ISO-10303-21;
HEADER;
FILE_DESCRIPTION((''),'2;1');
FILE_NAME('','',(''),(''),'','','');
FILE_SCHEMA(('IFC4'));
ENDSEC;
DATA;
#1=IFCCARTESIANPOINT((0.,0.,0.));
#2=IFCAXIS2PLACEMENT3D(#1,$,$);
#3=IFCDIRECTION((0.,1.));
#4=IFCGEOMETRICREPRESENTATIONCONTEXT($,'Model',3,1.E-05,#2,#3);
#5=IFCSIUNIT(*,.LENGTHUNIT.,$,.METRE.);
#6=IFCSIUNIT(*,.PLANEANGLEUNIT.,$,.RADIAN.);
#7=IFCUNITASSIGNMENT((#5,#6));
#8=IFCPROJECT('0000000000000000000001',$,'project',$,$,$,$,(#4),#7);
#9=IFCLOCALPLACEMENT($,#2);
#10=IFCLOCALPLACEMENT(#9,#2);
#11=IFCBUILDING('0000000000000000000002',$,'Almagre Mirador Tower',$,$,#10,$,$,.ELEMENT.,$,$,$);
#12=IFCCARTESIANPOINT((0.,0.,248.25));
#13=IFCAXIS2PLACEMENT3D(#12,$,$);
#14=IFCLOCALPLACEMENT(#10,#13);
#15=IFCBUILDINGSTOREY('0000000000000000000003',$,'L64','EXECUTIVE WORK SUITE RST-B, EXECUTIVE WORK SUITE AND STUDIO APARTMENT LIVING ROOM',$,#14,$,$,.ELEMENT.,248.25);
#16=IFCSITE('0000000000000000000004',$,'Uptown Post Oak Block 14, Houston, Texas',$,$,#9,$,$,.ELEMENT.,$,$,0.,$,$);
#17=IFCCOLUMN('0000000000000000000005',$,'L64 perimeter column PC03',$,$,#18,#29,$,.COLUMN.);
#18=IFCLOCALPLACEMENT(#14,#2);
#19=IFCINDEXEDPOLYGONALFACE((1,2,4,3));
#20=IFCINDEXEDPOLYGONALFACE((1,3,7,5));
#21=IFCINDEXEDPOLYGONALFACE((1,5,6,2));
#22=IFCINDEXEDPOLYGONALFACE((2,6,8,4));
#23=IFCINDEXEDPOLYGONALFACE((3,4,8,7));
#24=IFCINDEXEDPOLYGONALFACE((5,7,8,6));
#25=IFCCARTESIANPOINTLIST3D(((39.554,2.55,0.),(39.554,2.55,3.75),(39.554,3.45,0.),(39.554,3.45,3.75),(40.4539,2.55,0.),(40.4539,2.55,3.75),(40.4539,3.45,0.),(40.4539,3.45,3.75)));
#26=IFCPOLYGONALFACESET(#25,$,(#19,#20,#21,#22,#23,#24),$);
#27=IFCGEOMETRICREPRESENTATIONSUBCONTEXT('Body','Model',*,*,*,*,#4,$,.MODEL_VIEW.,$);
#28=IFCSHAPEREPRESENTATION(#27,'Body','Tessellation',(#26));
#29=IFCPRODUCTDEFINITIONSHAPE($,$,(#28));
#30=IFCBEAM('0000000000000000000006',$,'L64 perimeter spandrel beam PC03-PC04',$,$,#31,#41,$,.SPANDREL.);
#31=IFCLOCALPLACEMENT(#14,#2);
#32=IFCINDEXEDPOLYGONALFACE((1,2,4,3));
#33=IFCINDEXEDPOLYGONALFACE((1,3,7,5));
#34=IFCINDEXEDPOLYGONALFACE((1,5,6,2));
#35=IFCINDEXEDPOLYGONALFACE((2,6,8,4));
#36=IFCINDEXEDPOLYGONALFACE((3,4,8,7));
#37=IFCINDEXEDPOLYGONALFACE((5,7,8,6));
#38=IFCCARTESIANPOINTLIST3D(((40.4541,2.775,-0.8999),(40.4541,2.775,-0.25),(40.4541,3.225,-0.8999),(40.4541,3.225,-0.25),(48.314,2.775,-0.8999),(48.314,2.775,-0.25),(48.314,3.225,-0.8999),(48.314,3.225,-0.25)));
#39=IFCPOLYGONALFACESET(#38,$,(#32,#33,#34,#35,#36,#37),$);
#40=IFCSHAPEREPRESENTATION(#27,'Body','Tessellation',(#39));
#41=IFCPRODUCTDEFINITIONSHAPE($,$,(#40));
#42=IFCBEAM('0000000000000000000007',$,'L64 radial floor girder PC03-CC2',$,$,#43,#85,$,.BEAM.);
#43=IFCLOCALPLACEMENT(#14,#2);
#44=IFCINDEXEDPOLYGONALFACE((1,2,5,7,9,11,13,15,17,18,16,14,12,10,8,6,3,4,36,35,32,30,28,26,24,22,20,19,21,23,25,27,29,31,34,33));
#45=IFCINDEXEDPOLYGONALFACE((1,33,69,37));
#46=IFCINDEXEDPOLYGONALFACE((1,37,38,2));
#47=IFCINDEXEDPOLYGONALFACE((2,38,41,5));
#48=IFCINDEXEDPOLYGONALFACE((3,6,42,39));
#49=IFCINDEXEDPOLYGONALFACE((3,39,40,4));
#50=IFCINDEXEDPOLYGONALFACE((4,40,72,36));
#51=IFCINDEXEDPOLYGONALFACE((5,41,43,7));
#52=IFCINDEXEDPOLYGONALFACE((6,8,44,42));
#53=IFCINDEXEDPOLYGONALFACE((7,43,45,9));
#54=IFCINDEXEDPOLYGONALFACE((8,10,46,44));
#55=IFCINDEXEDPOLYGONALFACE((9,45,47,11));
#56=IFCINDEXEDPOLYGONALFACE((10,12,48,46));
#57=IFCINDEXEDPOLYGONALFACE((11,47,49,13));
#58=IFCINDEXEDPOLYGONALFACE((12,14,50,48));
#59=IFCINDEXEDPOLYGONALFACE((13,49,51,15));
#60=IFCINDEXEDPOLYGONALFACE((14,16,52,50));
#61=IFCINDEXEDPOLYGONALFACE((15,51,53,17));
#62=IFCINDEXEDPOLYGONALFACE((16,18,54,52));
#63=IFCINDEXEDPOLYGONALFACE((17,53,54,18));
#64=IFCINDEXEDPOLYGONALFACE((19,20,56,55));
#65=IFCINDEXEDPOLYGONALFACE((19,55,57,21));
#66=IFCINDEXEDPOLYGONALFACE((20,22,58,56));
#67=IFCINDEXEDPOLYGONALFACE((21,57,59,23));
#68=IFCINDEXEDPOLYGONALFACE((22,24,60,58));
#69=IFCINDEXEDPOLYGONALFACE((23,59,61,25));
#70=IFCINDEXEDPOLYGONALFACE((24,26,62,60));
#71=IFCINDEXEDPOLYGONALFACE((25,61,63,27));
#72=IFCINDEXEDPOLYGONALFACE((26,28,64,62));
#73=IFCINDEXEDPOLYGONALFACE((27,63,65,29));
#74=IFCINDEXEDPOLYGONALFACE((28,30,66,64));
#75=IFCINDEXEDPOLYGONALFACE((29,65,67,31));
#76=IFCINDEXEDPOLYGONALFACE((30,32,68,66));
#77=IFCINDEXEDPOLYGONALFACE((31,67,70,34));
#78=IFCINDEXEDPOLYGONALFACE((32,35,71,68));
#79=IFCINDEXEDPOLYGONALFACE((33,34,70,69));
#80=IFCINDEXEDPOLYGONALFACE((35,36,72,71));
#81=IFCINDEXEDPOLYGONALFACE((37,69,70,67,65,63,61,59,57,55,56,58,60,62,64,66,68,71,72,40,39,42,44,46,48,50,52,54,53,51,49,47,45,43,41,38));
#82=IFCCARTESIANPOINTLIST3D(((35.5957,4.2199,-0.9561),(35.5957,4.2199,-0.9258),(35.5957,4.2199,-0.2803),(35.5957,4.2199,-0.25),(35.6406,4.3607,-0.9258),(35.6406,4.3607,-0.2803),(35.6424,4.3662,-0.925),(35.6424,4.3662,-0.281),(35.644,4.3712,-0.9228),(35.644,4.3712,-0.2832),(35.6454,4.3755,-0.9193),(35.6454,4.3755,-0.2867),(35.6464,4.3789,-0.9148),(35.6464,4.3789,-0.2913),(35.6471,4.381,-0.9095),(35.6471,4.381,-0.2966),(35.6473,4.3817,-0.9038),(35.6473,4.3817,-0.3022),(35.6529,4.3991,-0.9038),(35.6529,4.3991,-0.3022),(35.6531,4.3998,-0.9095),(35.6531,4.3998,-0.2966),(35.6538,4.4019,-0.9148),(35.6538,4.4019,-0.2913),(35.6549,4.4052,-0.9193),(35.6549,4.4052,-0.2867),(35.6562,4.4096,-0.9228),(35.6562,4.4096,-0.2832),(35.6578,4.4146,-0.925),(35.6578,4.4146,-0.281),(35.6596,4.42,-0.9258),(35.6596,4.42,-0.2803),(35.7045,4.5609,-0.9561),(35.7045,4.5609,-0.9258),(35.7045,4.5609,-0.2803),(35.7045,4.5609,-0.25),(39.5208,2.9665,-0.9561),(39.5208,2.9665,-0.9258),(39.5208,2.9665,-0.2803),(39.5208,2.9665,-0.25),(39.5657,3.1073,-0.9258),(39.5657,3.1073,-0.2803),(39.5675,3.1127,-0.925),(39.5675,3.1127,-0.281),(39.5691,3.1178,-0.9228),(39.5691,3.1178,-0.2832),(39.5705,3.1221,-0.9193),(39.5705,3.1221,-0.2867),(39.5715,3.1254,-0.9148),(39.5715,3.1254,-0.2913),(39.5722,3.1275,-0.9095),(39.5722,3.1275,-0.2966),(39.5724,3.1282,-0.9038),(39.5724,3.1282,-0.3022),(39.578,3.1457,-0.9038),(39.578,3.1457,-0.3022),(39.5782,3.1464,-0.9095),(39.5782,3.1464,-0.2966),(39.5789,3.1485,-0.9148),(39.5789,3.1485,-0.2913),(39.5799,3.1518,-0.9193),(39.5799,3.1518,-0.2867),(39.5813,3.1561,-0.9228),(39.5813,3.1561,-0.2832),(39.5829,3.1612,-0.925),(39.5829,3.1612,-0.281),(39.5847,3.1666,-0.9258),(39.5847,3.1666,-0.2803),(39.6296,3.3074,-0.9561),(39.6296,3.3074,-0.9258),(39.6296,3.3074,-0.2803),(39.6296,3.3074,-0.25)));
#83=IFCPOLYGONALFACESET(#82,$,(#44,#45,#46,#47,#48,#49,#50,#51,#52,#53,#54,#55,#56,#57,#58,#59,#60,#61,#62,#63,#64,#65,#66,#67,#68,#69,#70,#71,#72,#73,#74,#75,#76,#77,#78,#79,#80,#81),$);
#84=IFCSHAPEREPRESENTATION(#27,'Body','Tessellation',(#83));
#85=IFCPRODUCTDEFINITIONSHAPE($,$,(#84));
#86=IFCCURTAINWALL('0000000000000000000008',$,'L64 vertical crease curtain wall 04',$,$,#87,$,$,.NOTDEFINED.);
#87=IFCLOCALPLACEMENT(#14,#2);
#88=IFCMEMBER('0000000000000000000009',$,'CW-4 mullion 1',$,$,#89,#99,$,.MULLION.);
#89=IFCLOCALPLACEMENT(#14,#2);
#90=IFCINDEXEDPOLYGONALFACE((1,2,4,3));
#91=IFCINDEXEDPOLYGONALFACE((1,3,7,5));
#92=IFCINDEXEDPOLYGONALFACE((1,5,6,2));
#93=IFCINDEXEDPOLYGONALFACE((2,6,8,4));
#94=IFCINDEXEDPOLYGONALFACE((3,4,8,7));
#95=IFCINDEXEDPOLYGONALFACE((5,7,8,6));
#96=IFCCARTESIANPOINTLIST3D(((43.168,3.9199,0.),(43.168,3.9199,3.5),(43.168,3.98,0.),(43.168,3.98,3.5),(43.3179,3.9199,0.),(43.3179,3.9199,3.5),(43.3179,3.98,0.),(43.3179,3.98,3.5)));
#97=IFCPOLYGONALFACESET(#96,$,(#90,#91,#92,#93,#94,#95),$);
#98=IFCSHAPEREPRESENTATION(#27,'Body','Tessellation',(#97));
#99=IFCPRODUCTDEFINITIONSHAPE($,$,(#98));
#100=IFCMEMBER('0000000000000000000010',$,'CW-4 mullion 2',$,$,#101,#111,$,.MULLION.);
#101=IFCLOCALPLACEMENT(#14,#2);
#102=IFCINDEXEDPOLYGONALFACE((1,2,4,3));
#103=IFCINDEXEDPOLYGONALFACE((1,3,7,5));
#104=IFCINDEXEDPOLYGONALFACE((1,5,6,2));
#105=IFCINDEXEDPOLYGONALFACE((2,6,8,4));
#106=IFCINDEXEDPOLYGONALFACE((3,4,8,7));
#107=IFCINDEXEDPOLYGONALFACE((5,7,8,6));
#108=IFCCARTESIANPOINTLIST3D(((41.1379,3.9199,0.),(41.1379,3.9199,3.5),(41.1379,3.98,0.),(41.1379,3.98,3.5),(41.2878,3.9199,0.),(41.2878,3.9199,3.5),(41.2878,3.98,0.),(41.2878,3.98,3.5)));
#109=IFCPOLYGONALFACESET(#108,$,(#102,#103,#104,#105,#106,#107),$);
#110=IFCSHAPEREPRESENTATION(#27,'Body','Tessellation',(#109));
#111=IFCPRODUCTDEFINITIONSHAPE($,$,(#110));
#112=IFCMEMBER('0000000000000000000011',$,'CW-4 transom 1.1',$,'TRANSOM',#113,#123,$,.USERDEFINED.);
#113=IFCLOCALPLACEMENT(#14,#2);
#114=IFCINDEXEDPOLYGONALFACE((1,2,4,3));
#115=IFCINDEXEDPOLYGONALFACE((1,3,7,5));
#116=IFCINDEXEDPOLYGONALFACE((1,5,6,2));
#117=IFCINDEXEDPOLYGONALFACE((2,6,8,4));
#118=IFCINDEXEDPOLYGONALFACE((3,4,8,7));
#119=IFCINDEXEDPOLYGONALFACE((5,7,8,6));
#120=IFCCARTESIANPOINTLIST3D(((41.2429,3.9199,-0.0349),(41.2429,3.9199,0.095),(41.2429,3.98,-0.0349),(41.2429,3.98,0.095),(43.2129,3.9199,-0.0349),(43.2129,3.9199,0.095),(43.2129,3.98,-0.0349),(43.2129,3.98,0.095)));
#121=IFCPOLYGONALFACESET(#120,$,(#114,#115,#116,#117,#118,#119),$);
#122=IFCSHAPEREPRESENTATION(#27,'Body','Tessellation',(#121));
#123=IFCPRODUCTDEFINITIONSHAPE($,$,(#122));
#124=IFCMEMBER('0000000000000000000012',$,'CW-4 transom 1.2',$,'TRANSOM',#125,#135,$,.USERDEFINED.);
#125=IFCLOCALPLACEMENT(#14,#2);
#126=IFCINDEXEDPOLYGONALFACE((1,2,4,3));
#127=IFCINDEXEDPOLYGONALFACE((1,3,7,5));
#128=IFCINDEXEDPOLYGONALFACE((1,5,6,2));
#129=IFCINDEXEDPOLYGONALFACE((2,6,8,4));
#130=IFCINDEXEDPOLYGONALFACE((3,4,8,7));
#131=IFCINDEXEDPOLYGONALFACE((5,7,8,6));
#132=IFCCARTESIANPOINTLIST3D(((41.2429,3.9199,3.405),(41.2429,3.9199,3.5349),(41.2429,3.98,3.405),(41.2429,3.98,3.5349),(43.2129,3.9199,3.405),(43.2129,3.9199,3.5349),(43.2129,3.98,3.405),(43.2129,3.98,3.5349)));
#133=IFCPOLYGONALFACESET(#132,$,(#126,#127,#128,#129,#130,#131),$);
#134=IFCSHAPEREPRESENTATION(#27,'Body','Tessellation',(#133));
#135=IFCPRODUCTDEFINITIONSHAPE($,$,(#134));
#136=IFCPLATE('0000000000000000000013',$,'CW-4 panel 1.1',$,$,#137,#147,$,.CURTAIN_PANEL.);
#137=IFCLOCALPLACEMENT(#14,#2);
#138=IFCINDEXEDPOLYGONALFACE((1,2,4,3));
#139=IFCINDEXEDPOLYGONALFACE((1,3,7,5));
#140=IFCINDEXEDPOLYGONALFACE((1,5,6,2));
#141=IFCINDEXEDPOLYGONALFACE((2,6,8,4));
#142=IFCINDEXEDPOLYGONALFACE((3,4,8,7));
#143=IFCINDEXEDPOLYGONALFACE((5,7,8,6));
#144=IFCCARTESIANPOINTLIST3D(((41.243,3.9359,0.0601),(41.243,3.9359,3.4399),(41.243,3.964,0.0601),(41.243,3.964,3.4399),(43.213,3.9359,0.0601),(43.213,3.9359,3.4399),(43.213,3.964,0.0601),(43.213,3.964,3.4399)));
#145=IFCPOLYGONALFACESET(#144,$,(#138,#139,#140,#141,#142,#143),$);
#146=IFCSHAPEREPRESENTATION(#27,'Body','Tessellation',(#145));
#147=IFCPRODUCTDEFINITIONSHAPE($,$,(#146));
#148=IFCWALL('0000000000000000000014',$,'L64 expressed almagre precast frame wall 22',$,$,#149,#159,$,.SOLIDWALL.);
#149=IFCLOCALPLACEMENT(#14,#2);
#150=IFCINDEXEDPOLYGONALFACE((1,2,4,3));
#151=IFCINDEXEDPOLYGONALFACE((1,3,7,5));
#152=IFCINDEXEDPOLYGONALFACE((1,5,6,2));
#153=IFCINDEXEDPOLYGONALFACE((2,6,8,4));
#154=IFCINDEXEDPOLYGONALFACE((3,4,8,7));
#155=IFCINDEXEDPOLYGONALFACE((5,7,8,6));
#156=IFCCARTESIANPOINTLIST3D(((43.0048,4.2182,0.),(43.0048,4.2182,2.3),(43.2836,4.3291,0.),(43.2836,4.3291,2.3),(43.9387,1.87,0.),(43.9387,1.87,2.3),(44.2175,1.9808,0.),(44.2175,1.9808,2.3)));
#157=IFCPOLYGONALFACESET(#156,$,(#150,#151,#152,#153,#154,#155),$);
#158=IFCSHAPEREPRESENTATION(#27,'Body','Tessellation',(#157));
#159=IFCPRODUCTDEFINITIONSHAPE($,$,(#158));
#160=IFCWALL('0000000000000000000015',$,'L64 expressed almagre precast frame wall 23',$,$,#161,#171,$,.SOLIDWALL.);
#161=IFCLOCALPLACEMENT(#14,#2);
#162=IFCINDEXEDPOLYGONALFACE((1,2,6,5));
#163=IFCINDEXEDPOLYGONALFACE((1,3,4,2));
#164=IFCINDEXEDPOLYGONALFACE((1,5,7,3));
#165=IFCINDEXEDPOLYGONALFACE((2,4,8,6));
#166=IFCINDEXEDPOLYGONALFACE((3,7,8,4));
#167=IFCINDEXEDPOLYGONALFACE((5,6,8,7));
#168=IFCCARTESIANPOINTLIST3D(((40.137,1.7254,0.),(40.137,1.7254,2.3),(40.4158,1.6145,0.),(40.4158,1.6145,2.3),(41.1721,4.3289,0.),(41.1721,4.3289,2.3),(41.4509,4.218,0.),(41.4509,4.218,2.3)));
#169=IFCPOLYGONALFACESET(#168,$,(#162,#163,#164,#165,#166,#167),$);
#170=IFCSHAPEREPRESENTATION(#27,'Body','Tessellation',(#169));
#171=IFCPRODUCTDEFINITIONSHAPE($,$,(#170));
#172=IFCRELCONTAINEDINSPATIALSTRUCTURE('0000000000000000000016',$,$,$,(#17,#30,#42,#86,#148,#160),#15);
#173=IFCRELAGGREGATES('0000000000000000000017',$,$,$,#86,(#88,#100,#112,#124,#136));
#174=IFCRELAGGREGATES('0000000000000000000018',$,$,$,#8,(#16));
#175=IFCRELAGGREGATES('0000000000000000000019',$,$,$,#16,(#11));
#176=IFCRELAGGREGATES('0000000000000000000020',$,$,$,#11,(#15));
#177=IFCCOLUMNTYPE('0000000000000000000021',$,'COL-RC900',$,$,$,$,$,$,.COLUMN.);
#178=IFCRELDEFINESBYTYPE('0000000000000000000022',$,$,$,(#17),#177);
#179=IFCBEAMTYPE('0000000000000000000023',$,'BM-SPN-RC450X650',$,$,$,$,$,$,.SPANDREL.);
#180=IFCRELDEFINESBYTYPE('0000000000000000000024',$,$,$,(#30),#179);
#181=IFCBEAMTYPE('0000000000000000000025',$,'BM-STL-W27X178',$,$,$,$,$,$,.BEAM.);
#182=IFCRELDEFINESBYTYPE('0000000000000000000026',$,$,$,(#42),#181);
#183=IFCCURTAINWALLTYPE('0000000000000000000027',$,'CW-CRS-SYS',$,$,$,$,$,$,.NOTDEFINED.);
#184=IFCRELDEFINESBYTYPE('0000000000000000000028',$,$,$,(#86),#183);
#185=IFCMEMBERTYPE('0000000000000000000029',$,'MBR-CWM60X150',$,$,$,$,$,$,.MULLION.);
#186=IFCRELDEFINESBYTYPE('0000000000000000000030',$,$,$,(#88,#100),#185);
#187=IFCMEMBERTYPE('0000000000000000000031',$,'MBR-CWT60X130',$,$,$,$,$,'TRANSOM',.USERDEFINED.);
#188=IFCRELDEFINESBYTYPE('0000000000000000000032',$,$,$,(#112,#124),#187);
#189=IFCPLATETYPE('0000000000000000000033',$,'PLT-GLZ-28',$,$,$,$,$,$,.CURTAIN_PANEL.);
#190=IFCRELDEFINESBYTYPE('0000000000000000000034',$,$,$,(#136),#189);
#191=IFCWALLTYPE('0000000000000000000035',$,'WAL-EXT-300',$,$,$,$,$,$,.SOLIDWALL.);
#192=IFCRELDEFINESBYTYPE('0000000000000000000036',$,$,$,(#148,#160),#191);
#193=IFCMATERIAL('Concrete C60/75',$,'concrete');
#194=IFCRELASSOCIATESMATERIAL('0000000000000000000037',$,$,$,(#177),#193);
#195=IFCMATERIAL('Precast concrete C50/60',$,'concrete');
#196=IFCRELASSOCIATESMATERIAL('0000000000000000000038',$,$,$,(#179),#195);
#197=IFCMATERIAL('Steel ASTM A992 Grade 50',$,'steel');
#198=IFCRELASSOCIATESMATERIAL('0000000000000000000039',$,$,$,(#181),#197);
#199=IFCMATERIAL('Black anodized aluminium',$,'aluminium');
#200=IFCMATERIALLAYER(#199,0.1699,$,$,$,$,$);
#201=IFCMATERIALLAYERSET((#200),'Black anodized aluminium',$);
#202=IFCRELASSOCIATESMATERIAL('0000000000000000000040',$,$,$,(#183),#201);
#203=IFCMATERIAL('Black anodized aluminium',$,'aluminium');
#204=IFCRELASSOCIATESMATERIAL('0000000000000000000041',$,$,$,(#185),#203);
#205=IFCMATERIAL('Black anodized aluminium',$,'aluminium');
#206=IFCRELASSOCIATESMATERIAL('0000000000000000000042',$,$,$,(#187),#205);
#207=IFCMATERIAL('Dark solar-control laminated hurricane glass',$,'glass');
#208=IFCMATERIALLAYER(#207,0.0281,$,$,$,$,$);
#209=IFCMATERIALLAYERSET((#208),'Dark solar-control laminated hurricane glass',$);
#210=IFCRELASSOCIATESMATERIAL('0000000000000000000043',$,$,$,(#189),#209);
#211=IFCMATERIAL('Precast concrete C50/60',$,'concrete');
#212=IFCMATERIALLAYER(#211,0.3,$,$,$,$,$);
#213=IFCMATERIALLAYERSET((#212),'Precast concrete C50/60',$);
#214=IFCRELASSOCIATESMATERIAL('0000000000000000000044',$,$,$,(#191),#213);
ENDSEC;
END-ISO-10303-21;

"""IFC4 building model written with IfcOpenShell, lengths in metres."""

from ifc_helpers import new_model, si_unit, direction, frame, frame_2d, origin, origin_2d, place, context, subcontext, project, spatial, rectangle, i_section, extrude, material, layer, layer_set, material_profile, profile_set, type_object, element, aggregate, save


model = new_model("IFC4")

# Units and contexts
model_context = context("Model", 3, precision=1e-05, world=origin(), true_north=direction((0.0, 1.0)))
body_context = subcontext(model_context, "Body", "Model", "MODEL_VIEW")
ifc_project = project(units=[si_unit("LENGTHUNIT", "METRE"), si_unit("PLANEANGLEUNIT", "RADIAN")], contexts=[model_context])

# Site, building, storey
site_placement = place(None, origin())
site = spatial("IfcSite", under=ifc_project, at=site_placement, Name="Uptown Post Oak Block 14, Houston, Texas", CompositionType="ELEMENT", RefElevation=0.0)
building_placement = place(site_placement, origin())
building = spatial("IfcBuilding", under=site, at=building_placement, Name="Almagre Mirador Tower", CompositionType="ELEMENT")
storey_placement = place(building_placement, frame((0.0, 0.0, 248.25)))
storey = spatial("IfcBuildingStorey", under=building, at=storey_placement, Name="L64", Description="EXECUTIVE WORK SUITE RST-B, EXECUTIVE WORK SUITE AND STUDIO APARTMENT LIVING ROOM", CompositionType="ELEMENT", Elevation=248.25)

# Column
ifc_material_1 = material(Name="Concrete C60/75", Category="concrete")
ifc_material_profile_1 = material_profile(ifc_material_1, rectangle(XDim=0.8999, YDim=0.8999, at=origin_2d()), Name="RC900X900")
ifc_profile_set_1 = profile_set([ifc_material_profile_1], Name="Concrete C60/75")
column_type = type_object("IfcColumnType", Name="COL-RC900", PredefinedType="COLUMN", material=ifc_profile_set_1)
column_placement = place(storey_placement, frame((40.0039, 3.0, 0.0), z_axis=(0.0, 0.0, 1.0), x_axis=(1.0, 0.0, 0.0)))
element("IfcColumn", 1, at=column_placement, inside=storey, type_object=column_type, Name="L64 perimeter column PC03", PredefinedType="COLUMN", context=body_context, shape_type="SweptSolid", body=[
    extrude(rectangle(XDim=0.8999, YDim=0.8999, at=origin_2d()), origin(), (0.0, 0.0, 1.0), 3.75),
])

# Beams
ifc_material_2 = material(Name="Precast concrete C50/60", Category="concrete")
ifc_material_profile_2 = material_profile(ifc_material_2, rectangle(XDim=0.45, YDim=0.6499, at=origin_2d()), Name="RC450X650")
ifc_profile_set_2 = profile_set([ifc_material_profile_2], Name="Precast concrete C50/60")
beam_type_1 = type_object("IfcBeamType", Name="BM-SPN-RC450X650", PredefinedType="SPANDREL", material=ifc_profile_set_2)
beam_1_placement = place(storey_placement, frame((40.4541, 3.0, -0.575), z_axis=(1.0, 0.0, 0.0), x_axis=(0.0, 1.0, 0.0)))
element("IfcBeam", 2, at=beam_1_placement, inside=storey, type_object=beam_type_1, Name="L64 perimeter spandrel beam PC03-PC04", PredefinedType="SPANDREL", context=body_context, shape_type="SweptSolid", body=[
    extrude(rectangle(XDim=0.45, YDim=0.6499, at=origin_2d()), origin(), (0.0, 0.0, 1.0), 7.8599),
])
ifc_material_3 = material(Name="Steel ASTM A992 Grade 50", Category="steel")
ifc_material_profile_3 = material_profile(ifc_material_3, i_section(OverallWidth=0.3579, OverallDepth=0.7061, WebThickness=0.0183, FlangeThickness=0.0303, FilletRadius=0.022, at=origin_2d()), Name="W27X178")
ifc_profile_set_3 = profile_set([ifc_material_profile_3], Name="Steel ASTM A992 Grade 50")
beam_type_2 = type_object("IfcBeamType", Name="BM-STL-W27X178", PredefinedType="BEAM", material=ifc_profile_set_3)
beam_2_placement = place(storey_placement, frame((39.5752, 3.137, -0.603), z_axis=(-0.952607, 0.304204, 0.0), x_axis=(-0.304204, -0.952607, 0.0)))
element("IfcBeam", 3, at=beam_2_placement, inside=storey, type_object=beam_type_2, Name="L64 radial floor girder PC03-CC2", PredefinedType="BEAM", context=body_context, shape_type="SweptSolid", body=[
    extrude(i_section(OverallWidth=0.3579, OverallDepth=0.7061, WebThickness=0.0183, FlangeThickness=0.0303, FilletRadius=0.022, at=origin_2d()), origin(), (0.0, 0.0, 1.0), 4.1204),
])

# Curtain wall, members, plate
ifc_material_4 = material(Name="Black anodized aluminium", Category="aluminium")
ifc_layer_1 = layer(ifc_material_4, 0.1699)
ifc_layer_set_1 = layer_set([ifc_layer_1], Name="Black anodized aluminium")
curtain_wall_type = type_object("IfcCurtainWallType", Name="CW-CRS-SYS", PredefinedType="NOTDEFINED", material=ifc_layer_set_1)
curtain_wall_placement = place(storey_placement, origin())
curtain_wall = element("IfcCurtainWall", 4, at=curtain_wall_placement, inside=storey, type_object=curtain_wall_type, Name="L64 vertical crease curtain wall 04", PredefinedType="NOTDEFINED")
ifc_material_5 = material(Name="Black anodized aluminium", Category="aluminium")
ifc_material_profile_4 = material_profile(ifc_material_5, rectangle(XDim=0.0601, YDim=0.1499, at=origin_2d()), Name="CWM60X150")
ifc_profile_set_4 = profile_set([ifc_material_profile_4], Name="Black anodized aluminium")
member_type_1 = type_object("IfcMemberType", Name="MBR-CWM60X150", PredefinedType="MULLION", material=ifc_profile_set_4)
member_1_placement = place(storey_placement, frame((43.2429, 3.95, 0.0), z_axis=(0.0, 0.0, 1.0), x_axis=(0.0, -1.0, 0.0)))
member_1 = element("IfcMember", 5, at=member_1_placement, type_object=member_type_1, Name="CW-4 mullion 1", PredefinedType="MULLION", context=body_context, shape_type="SweptSolid", body=[
    extrude(rectangle(XDim=0.0601, YDim=0.1499, at=origin_2d()), origin(), (0.0, 0.0, 1.0), 3.5),
])
member_2_placement = place(storey_placement, frame((41.2129, 3.95, 0.0), z_axis=(0.0, 0.0, 1.0), x_axis=(0.0, -1.0, 0.0)))
member_2 = element("IfcMember", 6, at=member_2_placement, type_object=member_type_1, Name="CW-4 mullion 2", PredefinedType="MULLION", context=body_context, shape_type="SweptSolid", body=[
    extrude(rectangle(XDim=0.0601, YDim=0.1499, at=origin_2d()), origin(), (0.0, 0.0, 1.0), 3.5),
])
ifc_material_6 = material(Name="Black anodized aluminium", Category="aluminium")
ifc_material_profile_5 = material_profile(ifc_material_6, rectangle(XDim=0.0601, YDim=0.1299, at=origin_2d()), Name="CWT60X130")
ifc_profile_set_5 = profile_set([ifc_material_profile_5], Name="Black anodized aluminium")
member_type_2 = type_object("IfcMemberType", Name="MBR-CWT60X130", ElementType="TRANSOM", PredefinedType="USERDEFINED", material=ifc_profile_set_5)
member_3_placement = place(storey_placement, frame((43.2129, 3.95, 0.03), z_axis=(-1.0, 0.0, 0.0), x_axis=(0.0, -1.0, 0.0)))
member_3 = element("IfcMember", 7, at=member_3_placement, type_object=member_type_2, Name="CW-4 transom 1.1", ObjectType="TRANSOM", PredefinedType="USERDEFINED", context=body_context, shape_type="SweptSolid", body=[
    extrude(rectangle(XDim=0.0601, YDim=0.1299, at=origin_2d()), origin(), (0.0, 0.0, 1.0), 1.97),
])
member_4_placement = place(storey_placement, frame((43.2129, 3.95, 3.47), z_axis=(-1.0, 0.0, 0.0), x_axis=(0.0, -1.0, 0.0)))
member_4 = element("IfcMember", 8, at=member_4_placement, type_object=member_type_2, Name="CW-4 transom 1.2", ObjectType="TRANSOM", PredefinedType="USERDEFINED", context=body_context, shape_type="SweptSolid", body=[
    extrude(rectangle(XDim=0.0601, YDim=0.1299, at=origin_2d()), origin(), (0.0, 0.0, 1.0), 1.97),
])
ifc_material_7 = material(Name="Dark solar-control laminated hurricane glass", Category="glass")
ifc_layer_2 = layer(ifc_material_7, 0.0281)
ifc_layer_set_2 = layer_set([ifc_layer_2], Name="Dark solar-control laminated hurricane glass")
plate_type = type_object("IfcPlateType", Name="PLT-GLZ-28", PredefinedType="CURTAIN_PANEL", material=ifc_layer_set_2)
plate_placement = place(storey_placement, frame((42.228, 3.95, 0.0601), z_axis=(0.0, 0.0, 1.0), x_axis=(-1.0, 0.0, 0.0)))
plate = element("IfcPlate", 9, at=plate_placement, type_object=plate_type, Name="CW-4 panel 1.1", PredefinedType="CURTAIN_PANEL", context=body_context, shape_type="SweptSolid", body=[
    extrude(rectangle(XDim=1.97, YDim=0.0281, at=origin_2d()), origin(), (0.0, 0.0, 1.0), 3.3799),
])
aggregate(curtain_wall, [member_1, member_2, member_3, member_4, plate])

# Walls
ifc_material_8 = material(Name="Precast concrete C50/60", Category="concrete")
ifc_layer_3 = layer(ifc_material_8, 0.3)
ifc_layer_set_3 = layer_set([ifc_layer_3], Name="Precast concrete C50/60")
wall_type_1 = type_object("IfcWallType", Name="WAL-EXT-300", PredefinedType="SOLIDWALL", material=ifc_layer_set_3)
wall_1_placement = place(storey_placement, frame((44.0781, 1.9253, 0.0), z_axis=(0.0, 0.0, 1.0), x_axis=(-0.369541, 0.929214, 0.0)))
element("IfcWall", 10, at=wall_1_placement, inside=storey, type_object=wall_type_1, Name="L64 expressed almagre precast frame wall 22", PredefinedType="SOLIDWALL", context=body_context, shape_type="SweptSolid", body=[
    extrude(rectangle(XDim=2.5271, YDim=0.3, at=frame_2d((1.2637, 0.0))), origin(), (0.0, 0.0, 1.0), 2.3),
])
wall_2_placement = place(storey_placement, frame((41.3115, 4.2734, 0.0), z_axis=(0.0, 0.0, 1.0), x_axis=(-0.369467, -0.929244, 0.0)))
element("IfcWall", 11, at=wall_2_placement, inside=storey, type_object=wall_type_1, Name="L64 expressed almagre precast frame wall 23", PredefinedType="SOLIDWALL", context=body_context, shape_type="SweptSolid", body=[
    extrude(rectangle(XDim=2.8018, YDim=0.3, at=frame_2d((1.4009, 0.0))), origin(), (0.0, 0.0, 1.0), 2.3),
])

save(model, "model.ifc")
